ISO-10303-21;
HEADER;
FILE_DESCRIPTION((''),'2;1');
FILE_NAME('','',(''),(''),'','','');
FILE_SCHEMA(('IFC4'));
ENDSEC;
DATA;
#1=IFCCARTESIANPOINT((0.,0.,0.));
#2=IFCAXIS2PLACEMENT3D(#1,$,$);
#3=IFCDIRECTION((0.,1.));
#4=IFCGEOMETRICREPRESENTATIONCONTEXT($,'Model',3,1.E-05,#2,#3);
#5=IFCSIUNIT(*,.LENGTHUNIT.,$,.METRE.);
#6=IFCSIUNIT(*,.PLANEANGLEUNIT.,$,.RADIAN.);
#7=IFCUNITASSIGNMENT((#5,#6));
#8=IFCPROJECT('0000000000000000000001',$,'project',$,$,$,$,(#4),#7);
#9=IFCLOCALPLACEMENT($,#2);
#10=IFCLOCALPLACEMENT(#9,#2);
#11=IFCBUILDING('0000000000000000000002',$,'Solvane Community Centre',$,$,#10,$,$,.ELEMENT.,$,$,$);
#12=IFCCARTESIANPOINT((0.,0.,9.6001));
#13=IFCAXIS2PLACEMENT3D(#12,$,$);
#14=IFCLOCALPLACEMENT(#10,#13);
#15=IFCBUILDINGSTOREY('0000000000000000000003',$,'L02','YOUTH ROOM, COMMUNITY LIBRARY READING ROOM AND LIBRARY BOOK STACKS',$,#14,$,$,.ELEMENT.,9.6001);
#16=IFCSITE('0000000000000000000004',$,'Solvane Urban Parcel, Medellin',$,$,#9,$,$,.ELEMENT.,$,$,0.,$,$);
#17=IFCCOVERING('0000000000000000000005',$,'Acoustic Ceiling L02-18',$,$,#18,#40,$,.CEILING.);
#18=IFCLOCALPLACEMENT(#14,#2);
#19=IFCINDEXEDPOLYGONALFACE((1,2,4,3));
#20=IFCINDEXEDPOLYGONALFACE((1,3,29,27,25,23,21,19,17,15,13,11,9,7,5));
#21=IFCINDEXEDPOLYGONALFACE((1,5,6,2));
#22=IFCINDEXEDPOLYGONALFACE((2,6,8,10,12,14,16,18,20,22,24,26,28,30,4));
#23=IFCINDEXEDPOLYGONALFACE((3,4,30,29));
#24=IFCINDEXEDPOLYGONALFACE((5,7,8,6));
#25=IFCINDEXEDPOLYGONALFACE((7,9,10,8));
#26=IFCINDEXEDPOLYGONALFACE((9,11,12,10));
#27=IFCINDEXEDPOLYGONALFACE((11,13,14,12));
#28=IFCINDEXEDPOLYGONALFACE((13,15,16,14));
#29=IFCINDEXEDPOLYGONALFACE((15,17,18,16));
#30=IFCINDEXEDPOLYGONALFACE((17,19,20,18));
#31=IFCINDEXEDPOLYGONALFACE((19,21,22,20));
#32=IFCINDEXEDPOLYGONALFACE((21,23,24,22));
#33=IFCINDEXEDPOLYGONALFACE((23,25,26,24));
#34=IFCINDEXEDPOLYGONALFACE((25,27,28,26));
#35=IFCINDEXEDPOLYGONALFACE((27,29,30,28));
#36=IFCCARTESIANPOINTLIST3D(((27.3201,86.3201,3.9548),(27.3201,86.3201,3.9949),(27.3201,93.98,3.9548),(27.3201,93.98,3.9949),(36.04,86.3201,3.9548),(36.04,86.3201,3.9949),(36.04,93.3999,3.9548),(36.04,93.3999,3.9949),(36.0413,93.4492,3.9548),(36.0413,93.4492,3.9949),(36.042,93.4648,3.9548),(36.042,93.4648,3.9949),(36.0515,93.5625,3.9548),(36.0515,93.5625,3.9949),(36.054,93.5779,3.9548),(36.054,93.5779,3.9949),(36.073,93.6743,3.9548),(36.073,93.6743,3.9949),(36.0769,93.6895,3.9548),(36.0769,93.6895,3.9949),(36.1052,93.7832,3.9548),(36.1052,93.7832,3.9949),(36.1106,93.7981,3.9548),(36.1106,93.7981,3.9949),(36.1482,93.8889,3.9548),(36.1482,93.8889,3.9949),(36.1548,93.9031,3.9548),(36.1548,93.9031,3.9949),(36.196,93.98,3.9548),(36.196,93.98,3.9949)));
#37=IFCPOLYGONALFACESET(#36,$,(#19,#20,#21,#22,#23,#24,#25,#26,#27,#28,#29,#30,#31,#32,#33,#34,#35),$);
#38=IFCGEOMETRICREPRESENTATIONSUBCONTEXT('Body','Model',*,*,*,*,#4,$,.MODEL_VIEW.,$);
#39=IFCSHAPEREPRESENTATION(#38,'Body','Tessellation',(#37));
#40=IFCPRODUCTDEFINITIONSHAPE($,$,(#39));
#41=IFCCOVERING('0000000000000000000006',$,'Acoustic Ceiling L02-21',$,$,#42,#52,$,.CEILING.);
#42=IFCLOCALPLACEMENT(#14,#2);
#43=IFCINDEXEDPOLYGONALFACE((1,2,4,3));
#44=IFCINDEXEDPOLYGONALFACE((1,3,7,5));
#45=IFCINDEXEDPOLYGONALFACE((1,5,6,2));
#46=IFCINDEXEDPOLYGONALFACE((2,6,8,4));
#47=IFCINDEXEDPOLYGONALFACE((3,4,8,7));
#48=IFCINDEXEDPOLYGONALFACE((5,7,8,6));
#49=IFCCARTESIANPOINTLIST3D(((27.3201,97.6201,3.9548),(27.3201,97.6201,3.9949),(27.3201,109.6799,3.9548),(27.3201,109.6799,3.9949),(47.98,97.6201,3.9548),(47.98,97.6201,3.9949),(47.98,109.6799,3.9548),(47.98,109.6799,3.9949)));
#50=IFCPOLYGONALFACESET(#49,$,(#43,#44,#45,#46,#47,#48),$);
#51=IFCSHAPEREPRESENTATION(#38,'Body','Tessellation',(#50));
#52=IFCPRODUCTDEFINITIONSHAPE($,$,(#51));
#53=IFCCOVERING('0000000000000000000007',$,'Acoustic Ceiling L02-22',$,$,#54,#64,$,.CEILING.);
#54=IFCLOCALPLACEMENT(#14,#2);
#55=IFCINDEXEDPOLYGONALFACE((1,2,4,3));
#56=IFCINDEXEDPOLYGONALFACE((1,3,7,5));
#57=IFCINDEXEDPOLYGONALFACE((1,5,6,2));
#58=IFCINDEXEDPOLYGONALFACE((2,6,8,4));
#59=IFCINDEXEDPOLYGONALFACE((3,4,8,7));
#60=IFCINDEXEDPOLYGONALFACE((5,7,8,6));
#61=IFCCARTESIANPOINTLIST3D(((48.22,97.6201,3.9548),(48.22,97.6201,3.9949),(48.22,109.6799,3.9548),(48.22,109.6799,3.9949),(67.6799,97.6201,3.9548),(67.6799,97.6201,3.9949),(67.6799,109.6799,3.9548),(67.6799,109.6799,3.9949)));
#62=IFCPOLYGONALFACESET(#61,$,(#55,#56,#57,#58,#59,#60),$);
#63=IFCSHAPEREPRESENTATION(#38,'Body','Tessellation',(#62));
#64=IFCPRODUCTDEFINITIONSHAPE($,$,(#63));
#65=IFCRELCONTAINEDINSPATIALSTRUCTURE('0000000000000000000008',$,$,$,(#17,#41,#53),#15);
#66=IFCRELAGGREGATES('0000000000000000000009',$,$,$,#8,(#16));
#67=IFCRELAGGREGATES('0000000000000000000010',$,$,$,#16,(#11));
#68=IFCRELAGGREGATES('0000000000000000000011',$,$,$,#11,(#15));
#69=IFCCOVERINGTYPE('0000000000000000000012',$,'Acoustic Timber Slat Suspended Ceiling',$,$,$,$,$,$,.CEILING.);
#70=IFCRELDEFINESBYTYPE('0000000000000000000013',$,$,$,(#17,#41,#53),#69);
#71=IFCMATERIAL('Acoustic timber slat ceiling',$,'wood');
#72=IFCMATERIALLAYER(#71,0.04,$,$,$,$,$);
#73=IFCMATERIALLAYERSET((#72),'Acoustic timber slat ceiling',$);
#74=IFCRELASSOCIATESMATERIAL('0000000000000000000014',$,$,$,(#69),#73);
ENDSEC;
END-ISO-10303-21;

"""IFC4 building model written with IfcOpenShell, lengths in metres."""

from ifc_helpers import new_model, si_unit, direction, frame, origin, place, context, subcontext, project, spatial, polyline, outline, extrude, material, layer, layer_set, type_object, element, save


model = new_model("IFC4")

# Units and contexts
model_context = context("Model", 3, precision=1e-05, world=origin(), true_north=direction((0.0, 1.0)))
body_context = subcontext(model_context, "Body", "Model", "MODEL_VIEW")
ifc_project = project(units=[si_unit("LENGTHUNIT", "METRE"), si_unit("PLANEANGLEUNIT", "RADIAN")], contexts=[model_context])

# Site, building, storey
site_placement = place(None, origin())
site = spatial("IfcSite", under=ifc_project, at=site_placement, Name="Solvane Urban Parcel, Medellin", CompositionType="ELEMENT", RefElevation=0.0)
building_placement = place(site_placement, origin())
building = spatial("IfcBuilding", under=site, at=building_placement, Name="Solvane Community Centre", CompositionType="ELEMENT")
storey_placement = place(building_placement, frame((0.0, 0.0, 9.6001)))
storey = spatial("IfcBuildingStorey", under=building, at=storey_placement, Name="L02", Description="YOUTH ROOM, COMMUNITY LIBRARY READING ROOM AND LIBRARY BOOK STACKS", CompositionType="ELEMENT", Elevation=9.6001)

# Coverings
ifc_material_1 = material(Name="Acoustic timber slat ceiling", Category="wood")
ifc_layer_1 = layer(ifc_material_1, 0.04)
ifc_layer_set_1 = layer_set([ifc_layer_1], Name="Acoustic timber slat ceiling")
covering_type = type_object("IfcCoveringType", Name="Acoustic Timber Slat Suspended Ceiling", PredefinedType="CEILING", material=ifc_layer_set_1)
covering_1_placement = place(storey_placement, frame((0.0, 0.0, 3.9548)))
element("IfcCovering", 1, at=covering_1_placement, inside=storey, type_object=covering_type, Name="Acoustic Ceiling L02-18", PredefinedType="CEILING", context=body_context, shape_type="SweptSolid", body=[
    extrude(outline(polyline([(27.3201, 86.3201), (27.3201, 93.98), (36.196, 93.98), (36.1548, 93.9031), (36.1482, 93.8889), (36.1106, 93.7981), (36.1052, 93.7832), (36.0769, 93.6895), (36.073, 93.6743), (36.054, 93.5779), (36.0515, 93.5625), (36.042, 93.4648), (36.0413, 93.4492), (36.04, 93.3999), (36.04, 86.3201), (27.3201, 86.3201)])), origin(), (0.0, 0.0, 1.0), 0.04),
])
covering_2_placement = place(storey_placement, frame((0.0, 0.0, 3.9548)))
element("IfcCovering", 2, at=covering_2_placement, inside=storey, type_object=covering_type, Name="Acoustic Ceiling L02-21", PredefinedType="CEILING", context=body_context, shape_type="SweptSolid", body=[
    extrude(outline(polyline([(27.3201, 97.6201), (27.3201, 109.6799), (47.98, 109.6799), (47.98, 97.6201), (27.3201, 97.6201)])), origin(), (0.0, 0.0, 1.0), 0.04),
])
covering_3_placement = place(storey_placement, frame((0.0, 0.0, 3.9548)))
element("IfcCovering", 3, at=covering_3_placement, inside=storey, type_object=covering_type, Name="Acoustic Ceiling L02-22", PredefinedType="CEILING", context=body_context, shape_type="SweptSolid", body=[
    extrude(outline(polyline([(48.22, 97.6201), (48.22, 109.6799), (67.6799, 109.6799), (67.6799, 97.6201), (48.22, 97.6201)])), origin(), (0.0, 0.0, 1.0), 0.04),
])

save(model, "model.ifc")
